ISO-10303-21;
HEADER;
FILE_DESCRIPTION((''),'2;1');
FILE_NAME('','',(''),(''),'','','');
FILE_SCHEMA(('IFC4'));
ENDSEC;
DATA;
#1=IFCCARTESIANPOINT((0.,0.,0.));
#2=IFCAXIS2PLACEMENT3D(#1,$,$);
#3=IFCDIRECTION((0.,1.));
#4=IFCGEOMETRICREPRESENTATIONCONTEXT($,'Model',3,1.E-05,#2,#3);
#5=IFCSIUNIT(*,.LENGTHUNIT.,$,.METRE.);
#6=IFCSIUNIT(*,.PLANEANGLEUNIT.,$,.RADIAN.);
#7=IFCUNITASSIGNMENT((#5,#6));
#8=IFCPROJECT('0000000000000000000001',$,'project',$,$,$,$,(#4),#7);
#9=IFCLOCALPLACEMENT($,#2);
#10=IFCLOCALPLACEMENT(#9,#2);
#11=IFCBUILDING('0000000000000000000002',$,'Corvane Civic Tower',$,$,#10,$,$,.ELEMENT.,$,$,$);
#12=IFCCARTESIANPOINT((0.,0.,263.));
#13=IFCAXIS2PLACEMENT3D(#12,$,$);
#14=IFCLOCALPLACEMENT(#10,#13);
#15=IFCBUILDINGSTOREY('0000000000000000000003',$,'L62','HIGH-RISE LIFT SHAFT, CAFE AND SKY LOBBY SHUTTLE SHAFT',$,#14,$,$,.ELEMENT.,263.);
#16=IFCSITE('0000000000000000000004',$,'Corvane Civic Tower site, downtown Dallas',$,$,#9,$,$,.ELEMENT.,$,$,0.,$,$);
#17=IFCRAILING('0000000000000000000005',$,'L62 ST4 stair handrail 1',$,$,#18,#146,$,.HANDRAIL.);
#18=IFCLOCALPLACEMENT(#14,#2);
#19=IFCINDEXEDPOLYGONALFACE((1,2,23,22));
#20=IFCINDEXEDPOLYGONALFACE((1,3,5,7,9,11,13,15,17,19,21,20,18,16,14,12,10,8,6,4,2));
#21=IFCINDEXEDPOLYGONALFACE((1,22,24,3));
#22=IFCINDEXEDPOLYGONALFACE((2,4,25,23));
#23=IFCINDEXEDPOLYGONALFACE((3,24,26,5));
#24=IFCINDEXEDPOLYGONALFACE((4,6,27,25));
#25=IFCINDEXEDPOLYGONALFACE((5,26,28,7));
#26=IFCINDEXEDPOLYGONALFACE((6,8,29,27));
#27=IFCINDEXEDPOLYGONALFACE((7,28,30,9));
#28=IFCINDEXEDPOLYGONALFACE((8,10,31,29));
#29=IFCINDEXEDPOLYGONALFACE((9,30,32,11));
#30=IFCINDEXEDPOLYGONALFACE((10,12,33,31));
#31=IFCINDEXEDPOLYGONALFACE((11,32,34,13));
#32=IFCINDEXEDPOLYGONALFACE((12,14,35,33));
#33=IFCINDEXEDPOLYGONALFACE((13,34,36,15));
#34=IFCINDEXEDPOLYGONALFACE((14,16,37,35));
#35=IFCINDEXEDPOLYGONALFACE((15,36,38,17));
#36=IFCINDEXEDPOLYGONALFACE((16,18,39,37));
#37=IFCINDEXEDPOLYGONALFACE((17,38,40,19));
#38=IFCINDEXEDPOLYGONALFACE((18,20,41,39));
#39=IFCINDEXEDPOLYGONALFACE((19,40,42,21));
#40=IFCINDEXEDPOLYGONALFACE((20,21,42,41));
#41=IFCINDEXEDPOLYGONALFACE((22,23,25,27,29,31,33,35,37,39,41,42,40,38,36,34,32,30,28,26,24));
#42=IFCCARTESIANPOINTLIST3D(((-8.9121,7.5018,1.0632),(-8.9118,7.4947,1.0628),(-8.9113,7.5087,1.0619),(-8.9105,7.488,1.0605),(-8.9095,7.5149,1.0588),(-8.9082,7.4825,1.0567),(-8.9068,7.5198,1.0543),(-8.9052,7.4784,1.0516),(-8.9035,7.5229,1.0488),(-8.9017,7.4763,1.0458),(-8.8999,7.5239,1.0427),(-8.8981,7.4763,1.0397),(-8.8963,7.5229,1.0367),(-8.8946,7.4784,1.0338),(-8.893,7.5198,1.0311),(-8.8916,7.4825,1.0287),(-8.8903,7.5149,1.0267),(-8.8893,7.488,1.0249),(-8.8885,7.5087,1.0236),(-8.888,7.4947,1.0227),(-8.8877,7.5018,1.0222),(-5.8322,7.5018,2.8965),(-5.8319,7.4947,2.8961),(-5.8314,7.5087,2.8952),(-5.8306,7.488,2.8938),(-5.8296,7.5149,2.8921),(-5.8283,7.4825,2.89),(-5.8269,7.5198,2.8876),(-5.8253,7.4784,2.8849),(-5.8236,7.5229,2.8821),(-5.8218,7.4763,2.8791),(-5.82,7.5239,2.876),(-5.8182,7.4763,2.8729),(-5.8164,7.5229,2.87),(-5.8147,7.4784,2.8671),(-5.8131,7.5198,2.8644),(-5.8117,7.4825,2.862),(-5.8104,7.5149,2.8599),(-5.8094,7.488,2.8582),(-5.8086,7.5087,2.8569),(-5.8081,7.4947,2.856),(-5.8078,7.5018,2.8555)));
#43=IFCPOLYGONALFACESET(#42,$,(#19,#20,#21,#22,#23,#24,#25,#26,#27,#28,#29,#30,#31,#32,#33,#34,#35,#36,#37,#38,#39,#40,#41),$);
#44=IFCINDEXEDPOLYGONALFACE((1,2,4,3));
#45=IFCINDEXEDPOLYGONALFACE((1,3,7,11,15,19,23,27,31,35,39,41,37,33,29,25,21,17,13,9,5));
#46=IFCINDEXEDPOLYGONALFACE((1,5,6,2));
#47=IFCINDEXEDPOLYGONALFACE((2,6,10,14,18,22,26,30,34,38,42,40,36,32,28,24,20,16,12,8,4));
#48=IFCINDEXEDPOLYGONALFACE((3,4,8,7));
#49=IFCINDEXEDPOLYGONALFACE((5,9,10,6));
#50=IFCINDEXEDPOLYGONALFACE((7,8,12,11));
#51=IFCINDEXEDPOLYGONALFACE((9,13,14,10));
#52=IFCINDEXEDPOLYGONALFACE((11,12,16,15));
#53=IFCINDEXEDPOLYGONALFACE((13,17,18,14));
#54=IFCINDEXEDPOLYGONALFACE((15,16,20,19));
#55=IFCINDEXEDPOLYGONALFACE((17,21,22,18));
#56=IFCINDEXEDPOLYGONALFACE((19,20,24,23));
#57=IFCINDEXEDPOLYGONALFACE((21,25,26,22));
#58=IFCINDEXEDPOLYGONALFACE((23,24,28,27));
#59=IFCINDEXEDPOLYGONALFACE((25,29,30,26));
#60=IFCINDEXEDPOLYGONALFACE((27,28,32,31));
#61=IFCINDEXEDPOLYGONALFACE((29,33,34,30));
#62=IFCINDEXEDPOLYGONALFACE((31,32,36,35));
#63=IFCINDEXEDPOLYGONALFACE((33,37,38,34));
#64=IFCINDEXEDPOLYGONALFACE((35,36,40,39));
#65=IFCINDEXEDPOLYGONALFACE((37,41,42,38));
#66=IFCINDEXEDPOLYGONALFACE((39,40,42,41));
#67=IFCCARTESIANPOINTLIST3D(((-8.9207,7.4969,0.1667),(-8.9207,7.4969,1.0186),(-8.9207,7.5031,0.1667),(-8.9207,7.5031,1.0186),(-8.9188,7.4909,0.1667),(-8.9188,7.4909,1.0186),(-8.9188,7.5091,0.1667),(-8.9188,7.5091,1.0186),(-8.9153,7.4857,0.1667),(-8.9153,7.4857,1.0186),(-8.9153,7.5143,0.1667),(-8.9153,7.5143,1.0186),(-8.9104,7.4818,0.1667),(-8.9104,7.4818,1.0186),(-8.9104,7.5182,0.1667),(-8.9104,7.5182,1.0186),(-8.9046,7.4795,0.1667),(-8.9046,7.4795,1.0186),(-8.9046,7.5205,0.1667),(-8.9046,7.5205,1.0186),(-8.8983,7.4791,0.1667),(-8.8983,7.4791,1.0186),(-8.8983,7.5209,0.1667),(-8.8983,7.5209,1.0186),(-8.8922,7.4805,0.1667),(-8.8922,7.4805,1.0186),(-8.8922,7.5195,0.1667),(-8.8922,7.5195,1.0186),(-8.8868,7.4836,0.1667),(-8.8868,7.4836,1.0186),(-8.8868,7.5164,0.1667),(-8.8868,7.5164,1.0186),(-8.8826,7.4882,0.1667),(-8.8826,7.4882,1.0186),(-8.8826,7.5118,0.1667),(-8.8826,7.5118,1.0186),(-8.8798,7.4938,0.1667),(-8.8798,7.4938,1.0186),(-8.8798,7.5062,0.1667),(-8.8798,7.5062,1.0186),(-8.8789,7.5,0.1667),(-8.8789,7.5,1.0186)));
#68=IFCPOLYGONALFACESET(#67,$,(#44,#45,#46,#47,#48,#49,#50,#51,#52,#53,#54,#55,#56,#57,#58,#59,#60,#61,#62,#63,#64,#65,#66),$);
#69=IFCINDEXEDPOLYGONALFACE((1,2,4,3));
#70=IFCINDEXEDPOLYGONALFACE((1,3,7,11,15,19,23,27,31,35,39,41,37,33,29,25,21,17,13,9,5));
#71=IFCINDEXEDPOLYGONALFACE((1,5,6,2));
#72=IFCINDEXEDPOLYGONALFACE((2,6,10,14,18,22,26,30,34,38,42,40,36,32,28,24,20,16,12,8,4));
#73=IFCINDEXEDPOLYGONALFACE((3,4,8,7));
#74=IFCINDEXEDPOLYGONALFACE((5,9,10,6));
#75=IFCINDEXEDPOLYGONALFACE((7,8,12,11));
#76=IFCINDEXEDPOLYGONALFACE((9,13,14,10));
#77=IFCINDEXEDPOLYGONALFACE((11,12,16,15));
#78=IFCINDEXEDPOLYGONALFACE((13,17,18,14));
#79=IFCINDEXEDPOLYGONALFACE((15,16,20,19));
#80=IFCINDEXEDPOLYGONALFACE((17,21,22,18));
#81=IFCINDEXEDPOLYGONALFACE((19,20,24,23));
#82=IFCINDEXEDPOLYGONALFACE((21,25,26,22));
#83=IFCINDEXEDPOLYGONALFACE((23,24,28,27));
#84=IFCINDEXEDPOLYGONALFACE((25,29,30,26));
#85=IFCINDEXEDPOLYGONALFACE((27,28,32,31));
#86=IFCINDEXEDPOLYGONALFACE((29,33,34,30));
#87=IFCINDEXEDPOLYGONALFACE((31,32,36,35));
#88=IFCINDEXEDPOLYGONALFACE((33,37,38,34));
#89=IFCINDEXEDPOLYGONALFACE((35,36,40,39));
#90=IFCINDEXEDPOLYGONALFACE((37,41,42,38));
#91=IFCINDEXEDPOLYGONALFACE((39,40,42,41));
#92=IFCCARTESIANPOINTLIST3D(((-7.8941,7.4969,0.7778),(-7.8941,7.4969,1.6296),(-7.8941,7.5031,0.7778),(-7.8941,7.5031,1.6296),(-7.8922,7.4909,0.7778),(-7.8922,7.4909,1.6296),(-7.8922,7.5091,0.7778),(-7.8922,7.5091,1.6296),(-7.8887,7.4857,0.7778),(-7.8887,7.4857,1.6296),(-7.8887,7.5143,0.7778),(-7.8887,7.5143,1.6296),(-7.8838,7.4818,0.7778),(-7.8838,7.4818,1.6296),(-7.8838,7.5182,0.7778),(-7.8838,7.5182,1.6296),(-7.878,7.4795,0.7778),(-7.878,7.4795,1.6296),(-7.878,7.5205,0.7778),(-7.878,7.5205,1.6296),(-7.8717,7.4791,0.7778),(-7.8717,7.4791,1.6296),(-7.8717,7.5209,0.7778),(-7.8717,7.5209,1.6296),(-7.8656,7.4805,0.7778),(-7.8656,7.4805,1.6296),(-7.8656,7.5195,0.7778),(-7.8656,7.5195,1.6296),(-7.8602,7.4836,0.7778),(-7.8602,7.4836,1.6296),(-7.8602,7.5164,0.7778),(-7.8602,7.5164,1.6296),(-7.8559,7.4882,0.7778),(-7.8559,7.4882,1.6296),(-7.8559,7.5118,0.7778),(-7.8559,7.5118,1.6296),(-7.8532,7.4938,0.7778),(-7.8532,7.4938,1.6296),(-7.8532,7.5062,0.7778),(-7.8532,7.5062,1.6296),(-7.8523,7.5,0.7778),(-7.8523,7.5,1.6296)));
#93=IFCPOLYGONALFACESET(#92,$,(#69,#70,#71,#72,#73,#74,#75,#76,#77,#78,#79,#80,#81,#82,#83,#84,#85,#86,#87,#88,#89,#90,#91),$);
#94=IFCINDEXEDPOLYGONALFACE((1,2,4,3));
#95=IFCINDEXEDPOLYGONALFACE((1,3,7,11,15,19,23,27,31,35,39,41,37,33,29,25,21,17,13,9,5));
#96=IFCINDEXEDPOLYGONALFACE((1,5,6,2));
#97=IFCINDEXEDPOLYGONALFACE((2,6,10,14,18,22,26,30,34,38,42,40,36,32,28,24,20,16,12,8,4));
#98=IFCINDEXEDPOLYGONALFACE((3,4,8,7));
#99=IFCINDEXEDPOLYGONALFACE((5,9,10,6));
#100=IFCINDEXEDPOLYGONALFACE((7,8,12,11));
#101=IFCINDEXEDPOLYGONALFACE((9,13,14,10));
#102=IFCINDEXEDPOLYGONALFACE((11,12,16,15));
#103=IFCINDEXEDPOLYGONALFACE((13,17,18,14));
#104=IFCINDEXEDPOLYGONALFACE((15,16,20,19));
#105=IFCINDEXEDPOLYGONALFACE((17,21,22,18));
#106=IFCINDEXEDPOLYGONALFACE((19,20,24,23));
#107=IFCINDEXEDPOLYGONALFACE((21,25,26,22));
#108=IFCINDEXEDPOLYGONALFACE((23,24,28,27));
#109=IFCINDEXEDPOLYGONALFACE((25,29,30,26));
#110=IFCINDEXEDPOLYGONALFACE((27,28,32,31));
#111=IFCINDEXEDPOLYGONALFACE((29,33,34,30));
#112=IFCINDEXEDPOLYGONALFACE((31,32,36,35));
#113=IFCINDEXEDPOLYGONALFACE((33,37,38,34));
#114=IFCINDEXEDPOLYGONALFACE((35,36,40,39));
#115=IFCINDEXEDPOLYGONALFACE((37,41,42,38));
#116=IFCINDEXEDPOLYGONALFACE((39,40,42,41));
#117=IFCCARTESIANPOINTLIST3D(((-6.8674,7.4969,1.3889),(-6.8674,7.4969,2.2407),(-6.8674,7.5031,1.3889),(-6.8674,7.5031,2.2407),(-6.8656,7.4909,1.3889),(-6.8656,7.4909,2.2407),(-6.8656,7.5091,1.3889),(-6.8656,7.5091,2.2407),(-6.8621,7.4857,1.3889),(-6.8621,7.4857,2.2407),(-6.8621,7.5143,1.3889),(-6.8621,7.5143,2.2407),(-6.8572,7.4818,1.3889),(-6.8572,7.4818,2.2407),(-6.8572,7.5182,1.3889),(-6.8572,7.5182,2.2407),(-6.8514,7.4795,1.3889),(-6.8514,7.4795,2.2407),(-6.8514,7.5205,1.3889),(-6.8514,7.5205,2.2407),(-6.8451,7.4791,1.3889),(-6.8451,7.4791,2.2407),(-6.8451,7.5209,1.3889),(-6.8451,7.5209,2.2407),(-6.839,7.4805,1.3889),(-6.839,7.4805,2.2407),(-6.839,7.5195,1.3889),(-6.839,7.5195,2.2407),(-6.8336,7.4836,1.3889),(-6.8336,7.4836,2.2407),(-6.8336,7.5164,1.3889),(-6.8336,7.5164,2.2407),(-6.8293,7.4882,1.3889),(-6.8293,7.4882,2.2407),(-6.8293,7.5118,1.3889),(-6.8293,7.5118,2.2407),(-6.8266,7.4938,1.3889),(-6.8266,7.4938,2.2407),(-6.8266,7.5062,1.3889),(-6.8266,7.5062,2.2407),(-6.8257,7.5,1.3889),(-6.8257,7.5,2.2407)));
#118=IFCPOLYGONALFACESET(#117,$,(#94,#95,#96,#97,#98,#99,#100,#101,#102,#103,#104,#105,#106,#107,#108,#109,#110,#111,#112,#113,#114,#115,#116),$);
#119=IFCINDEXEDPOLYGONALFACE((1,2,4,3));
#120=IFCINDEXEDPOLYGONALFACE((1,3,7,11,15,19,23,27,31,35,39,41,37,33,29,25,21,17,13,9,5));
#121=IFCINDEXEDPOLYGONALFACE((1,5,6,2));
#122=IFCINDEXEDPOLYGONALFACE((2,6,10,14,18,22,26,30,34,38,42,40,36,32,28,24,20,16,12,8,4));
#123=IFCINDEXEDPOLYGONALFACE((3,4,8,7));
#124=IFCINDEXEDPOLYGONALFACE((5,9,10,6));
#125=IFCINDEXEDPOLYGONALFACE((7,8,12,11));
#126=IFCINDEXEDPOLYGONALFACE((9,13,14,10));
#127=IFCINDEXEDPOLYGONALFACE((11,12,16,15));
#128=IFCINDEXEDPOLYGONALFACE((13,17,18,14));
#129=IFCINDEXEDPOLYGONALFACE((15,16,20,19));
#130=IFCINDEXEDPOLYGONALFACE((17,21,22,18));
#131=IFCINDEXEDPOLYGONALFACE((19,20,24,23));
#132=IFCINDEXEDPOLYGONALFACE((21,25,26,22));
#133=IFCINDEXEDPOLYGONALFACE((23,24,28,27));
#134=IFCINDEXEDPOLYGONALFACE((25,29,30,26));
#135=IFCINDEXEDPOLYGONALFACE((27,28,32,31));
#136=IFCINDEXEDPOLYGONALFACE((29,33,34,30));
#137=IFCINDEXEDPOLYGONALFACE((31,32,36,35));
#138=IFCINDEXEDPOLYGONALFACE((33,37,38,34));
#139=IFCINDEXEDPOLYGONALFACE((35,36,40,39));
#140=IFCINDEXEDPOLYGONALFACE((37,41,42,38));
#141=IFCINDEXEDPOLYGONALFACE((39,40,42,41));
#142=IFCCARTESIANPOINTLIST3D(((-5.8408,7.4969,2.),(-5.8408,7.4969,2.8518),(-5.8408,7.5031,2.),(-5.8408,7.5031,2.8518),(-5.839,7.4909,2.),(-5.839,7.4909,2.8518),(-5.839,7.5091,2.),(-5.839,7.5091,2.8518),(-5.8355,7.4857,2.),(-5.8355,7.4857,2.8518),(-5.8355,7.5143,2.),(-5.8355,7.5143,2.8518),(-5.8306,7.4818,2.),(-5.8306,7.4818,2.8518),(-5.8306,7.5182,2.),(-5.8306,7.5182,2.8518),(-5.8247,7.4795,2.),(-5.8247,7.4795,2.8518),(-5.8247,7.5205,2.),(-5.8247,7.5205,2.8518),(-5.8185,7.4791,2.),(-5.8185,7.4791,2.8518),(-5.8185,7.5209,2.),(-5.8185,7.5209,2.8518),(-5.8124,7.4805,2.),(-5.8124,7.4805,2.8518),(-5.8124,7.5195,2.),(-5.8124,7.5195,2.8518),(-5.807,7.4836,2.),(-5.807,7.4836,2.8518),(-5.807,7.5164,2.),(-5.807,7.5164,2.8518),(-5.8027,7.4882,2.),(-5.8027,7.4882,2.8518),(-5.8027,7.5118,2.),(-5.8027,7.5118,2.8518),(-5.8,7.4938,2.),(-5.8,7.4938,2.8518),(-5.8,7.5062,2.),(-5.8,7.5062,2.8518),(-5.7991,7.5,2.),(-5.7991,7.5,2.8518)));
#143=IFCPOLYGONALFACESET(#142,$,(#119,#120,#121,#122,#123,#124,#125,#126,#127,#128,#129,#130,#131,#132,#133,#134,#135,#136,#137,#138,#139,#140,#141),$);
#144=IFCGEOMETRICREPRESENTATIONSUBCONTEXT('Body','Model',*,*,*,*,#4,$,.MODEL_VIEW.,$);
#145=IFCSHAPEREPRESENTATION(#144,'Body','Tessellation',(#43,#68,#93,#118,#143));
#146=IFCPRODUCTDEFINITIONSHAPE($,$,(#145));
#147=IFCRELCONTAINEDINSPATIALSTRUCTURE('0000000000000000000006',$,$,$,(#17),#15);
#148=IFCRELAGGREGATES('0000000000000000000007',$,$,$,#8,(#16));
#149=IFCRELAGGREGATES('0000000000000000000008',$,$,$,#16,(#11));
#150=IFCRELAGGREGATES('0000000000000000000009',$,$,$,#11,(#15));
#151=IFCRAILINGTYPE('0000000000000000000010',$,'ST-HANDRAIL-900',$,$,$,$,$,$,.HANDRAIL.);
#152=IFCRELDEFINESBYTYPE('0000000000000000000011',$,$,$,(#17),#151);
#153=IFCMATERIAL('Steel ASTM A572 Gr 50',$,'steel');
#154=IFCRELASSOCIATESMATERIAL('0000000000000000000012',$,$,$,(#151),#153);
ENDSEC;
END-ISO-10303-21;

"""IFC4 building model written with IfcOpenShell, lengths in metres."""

from ifc_helpers import new_model, si_unit, direction, frame, origin, origin_2d, place, context, subcontext, project, spatial, circle, extrude, material, type_object, element, save


model = new_model("IFC4")

# Units and contexts
model_context = context("Model", 3, precision=1e-05, world=origin(), true_north=direction((0.0, 1.0)))
body_context = subcontext(model_context, "Body", "Model", "MODEL_VIEW")
ifc_project = project(units=[si_unit("LENGTHUNIT", "METRE"), si_unit("PLANEANGLEUNIT", "RADIAN")], contexts=[model_context])

# Site, building, storey
site_placement = place(None, origin())
site = spatial("IfcSite", under=ifc_project, at=site_placement, Name="Corvane Civic Tower site, downtown Dallas", CompositionType="ELEMENT", RefElevation=0.0)
building_placement = place(site_placement, origin())
building = spatial("IfcBuilding", under=site, at=building_placement, Name="Corvane Civic Tower", CompositionType="ELEMENT")
storey_placement = place(building_placement, frame((0.0, 0.0, 263.0)))
storey = spatial("IfcBuildingStorey", under=building, at=storey_placement, Name="L62", Description="HIGH-RISE LIFT SHAFT, CAFE AND SKY LOBBY SHUTTLE SHAFT", CompositionType="ELEMENT", Elevation=263.0)

# Railing
ifc_material_1 = material(Name="Steel ASTM A572 Gr 50", Category="steel")
railing_type_1 = type_object("IfcRailingType", Name="ST-HANDRAIL-900", PredefinedType="HANDRAIL", material=ifc_material_1)
railing_1_placement = place(storey_placement, frame((-8.8999, 7.5, 0.1667)))
element("IfcRailing", 1, at=railing_1_placement, inside=storey, type_object=railing_type_1, Name="L62 ST4 stair handrail 1", PredefinedType="HANDRAIL", context=body_context, shape_type="SweptSolid", body=[
    extrude(circle(Radius=0.0239, at=origin_2d()), frame((0.0, 0.0, 0.876), z_axis=(0.859291, 0.0, 0.511487), x_axis=(0.0, 1.0, 0.0)), (0.0, 0.0, 1.0), 3.5842),
    extrude(circle(Radius=0.021, at=origin_2d()), origin(), (0.0, 0.0, 1.0), 0.8518),
    extrude(circle(Radius=0.021, at=origin_2d()), frame((1.0266, 0.0, 0.6111)), (0.0, 0.0, 1.0), 0.8518),
    extrude(circle(Radius=0.021, at=origin_2d()), frame((2.0532, 0.0, 1.2222)), (0.0, 0.0, 1.0), 0.8518),
    extrude(circle(Radius=0.021, at=origin_2d()), frame((3.0798, 0.0, 1.8333)), (0.0, 0.0, 1.0), 0.8518),
])

save(model, "model.ifc")
